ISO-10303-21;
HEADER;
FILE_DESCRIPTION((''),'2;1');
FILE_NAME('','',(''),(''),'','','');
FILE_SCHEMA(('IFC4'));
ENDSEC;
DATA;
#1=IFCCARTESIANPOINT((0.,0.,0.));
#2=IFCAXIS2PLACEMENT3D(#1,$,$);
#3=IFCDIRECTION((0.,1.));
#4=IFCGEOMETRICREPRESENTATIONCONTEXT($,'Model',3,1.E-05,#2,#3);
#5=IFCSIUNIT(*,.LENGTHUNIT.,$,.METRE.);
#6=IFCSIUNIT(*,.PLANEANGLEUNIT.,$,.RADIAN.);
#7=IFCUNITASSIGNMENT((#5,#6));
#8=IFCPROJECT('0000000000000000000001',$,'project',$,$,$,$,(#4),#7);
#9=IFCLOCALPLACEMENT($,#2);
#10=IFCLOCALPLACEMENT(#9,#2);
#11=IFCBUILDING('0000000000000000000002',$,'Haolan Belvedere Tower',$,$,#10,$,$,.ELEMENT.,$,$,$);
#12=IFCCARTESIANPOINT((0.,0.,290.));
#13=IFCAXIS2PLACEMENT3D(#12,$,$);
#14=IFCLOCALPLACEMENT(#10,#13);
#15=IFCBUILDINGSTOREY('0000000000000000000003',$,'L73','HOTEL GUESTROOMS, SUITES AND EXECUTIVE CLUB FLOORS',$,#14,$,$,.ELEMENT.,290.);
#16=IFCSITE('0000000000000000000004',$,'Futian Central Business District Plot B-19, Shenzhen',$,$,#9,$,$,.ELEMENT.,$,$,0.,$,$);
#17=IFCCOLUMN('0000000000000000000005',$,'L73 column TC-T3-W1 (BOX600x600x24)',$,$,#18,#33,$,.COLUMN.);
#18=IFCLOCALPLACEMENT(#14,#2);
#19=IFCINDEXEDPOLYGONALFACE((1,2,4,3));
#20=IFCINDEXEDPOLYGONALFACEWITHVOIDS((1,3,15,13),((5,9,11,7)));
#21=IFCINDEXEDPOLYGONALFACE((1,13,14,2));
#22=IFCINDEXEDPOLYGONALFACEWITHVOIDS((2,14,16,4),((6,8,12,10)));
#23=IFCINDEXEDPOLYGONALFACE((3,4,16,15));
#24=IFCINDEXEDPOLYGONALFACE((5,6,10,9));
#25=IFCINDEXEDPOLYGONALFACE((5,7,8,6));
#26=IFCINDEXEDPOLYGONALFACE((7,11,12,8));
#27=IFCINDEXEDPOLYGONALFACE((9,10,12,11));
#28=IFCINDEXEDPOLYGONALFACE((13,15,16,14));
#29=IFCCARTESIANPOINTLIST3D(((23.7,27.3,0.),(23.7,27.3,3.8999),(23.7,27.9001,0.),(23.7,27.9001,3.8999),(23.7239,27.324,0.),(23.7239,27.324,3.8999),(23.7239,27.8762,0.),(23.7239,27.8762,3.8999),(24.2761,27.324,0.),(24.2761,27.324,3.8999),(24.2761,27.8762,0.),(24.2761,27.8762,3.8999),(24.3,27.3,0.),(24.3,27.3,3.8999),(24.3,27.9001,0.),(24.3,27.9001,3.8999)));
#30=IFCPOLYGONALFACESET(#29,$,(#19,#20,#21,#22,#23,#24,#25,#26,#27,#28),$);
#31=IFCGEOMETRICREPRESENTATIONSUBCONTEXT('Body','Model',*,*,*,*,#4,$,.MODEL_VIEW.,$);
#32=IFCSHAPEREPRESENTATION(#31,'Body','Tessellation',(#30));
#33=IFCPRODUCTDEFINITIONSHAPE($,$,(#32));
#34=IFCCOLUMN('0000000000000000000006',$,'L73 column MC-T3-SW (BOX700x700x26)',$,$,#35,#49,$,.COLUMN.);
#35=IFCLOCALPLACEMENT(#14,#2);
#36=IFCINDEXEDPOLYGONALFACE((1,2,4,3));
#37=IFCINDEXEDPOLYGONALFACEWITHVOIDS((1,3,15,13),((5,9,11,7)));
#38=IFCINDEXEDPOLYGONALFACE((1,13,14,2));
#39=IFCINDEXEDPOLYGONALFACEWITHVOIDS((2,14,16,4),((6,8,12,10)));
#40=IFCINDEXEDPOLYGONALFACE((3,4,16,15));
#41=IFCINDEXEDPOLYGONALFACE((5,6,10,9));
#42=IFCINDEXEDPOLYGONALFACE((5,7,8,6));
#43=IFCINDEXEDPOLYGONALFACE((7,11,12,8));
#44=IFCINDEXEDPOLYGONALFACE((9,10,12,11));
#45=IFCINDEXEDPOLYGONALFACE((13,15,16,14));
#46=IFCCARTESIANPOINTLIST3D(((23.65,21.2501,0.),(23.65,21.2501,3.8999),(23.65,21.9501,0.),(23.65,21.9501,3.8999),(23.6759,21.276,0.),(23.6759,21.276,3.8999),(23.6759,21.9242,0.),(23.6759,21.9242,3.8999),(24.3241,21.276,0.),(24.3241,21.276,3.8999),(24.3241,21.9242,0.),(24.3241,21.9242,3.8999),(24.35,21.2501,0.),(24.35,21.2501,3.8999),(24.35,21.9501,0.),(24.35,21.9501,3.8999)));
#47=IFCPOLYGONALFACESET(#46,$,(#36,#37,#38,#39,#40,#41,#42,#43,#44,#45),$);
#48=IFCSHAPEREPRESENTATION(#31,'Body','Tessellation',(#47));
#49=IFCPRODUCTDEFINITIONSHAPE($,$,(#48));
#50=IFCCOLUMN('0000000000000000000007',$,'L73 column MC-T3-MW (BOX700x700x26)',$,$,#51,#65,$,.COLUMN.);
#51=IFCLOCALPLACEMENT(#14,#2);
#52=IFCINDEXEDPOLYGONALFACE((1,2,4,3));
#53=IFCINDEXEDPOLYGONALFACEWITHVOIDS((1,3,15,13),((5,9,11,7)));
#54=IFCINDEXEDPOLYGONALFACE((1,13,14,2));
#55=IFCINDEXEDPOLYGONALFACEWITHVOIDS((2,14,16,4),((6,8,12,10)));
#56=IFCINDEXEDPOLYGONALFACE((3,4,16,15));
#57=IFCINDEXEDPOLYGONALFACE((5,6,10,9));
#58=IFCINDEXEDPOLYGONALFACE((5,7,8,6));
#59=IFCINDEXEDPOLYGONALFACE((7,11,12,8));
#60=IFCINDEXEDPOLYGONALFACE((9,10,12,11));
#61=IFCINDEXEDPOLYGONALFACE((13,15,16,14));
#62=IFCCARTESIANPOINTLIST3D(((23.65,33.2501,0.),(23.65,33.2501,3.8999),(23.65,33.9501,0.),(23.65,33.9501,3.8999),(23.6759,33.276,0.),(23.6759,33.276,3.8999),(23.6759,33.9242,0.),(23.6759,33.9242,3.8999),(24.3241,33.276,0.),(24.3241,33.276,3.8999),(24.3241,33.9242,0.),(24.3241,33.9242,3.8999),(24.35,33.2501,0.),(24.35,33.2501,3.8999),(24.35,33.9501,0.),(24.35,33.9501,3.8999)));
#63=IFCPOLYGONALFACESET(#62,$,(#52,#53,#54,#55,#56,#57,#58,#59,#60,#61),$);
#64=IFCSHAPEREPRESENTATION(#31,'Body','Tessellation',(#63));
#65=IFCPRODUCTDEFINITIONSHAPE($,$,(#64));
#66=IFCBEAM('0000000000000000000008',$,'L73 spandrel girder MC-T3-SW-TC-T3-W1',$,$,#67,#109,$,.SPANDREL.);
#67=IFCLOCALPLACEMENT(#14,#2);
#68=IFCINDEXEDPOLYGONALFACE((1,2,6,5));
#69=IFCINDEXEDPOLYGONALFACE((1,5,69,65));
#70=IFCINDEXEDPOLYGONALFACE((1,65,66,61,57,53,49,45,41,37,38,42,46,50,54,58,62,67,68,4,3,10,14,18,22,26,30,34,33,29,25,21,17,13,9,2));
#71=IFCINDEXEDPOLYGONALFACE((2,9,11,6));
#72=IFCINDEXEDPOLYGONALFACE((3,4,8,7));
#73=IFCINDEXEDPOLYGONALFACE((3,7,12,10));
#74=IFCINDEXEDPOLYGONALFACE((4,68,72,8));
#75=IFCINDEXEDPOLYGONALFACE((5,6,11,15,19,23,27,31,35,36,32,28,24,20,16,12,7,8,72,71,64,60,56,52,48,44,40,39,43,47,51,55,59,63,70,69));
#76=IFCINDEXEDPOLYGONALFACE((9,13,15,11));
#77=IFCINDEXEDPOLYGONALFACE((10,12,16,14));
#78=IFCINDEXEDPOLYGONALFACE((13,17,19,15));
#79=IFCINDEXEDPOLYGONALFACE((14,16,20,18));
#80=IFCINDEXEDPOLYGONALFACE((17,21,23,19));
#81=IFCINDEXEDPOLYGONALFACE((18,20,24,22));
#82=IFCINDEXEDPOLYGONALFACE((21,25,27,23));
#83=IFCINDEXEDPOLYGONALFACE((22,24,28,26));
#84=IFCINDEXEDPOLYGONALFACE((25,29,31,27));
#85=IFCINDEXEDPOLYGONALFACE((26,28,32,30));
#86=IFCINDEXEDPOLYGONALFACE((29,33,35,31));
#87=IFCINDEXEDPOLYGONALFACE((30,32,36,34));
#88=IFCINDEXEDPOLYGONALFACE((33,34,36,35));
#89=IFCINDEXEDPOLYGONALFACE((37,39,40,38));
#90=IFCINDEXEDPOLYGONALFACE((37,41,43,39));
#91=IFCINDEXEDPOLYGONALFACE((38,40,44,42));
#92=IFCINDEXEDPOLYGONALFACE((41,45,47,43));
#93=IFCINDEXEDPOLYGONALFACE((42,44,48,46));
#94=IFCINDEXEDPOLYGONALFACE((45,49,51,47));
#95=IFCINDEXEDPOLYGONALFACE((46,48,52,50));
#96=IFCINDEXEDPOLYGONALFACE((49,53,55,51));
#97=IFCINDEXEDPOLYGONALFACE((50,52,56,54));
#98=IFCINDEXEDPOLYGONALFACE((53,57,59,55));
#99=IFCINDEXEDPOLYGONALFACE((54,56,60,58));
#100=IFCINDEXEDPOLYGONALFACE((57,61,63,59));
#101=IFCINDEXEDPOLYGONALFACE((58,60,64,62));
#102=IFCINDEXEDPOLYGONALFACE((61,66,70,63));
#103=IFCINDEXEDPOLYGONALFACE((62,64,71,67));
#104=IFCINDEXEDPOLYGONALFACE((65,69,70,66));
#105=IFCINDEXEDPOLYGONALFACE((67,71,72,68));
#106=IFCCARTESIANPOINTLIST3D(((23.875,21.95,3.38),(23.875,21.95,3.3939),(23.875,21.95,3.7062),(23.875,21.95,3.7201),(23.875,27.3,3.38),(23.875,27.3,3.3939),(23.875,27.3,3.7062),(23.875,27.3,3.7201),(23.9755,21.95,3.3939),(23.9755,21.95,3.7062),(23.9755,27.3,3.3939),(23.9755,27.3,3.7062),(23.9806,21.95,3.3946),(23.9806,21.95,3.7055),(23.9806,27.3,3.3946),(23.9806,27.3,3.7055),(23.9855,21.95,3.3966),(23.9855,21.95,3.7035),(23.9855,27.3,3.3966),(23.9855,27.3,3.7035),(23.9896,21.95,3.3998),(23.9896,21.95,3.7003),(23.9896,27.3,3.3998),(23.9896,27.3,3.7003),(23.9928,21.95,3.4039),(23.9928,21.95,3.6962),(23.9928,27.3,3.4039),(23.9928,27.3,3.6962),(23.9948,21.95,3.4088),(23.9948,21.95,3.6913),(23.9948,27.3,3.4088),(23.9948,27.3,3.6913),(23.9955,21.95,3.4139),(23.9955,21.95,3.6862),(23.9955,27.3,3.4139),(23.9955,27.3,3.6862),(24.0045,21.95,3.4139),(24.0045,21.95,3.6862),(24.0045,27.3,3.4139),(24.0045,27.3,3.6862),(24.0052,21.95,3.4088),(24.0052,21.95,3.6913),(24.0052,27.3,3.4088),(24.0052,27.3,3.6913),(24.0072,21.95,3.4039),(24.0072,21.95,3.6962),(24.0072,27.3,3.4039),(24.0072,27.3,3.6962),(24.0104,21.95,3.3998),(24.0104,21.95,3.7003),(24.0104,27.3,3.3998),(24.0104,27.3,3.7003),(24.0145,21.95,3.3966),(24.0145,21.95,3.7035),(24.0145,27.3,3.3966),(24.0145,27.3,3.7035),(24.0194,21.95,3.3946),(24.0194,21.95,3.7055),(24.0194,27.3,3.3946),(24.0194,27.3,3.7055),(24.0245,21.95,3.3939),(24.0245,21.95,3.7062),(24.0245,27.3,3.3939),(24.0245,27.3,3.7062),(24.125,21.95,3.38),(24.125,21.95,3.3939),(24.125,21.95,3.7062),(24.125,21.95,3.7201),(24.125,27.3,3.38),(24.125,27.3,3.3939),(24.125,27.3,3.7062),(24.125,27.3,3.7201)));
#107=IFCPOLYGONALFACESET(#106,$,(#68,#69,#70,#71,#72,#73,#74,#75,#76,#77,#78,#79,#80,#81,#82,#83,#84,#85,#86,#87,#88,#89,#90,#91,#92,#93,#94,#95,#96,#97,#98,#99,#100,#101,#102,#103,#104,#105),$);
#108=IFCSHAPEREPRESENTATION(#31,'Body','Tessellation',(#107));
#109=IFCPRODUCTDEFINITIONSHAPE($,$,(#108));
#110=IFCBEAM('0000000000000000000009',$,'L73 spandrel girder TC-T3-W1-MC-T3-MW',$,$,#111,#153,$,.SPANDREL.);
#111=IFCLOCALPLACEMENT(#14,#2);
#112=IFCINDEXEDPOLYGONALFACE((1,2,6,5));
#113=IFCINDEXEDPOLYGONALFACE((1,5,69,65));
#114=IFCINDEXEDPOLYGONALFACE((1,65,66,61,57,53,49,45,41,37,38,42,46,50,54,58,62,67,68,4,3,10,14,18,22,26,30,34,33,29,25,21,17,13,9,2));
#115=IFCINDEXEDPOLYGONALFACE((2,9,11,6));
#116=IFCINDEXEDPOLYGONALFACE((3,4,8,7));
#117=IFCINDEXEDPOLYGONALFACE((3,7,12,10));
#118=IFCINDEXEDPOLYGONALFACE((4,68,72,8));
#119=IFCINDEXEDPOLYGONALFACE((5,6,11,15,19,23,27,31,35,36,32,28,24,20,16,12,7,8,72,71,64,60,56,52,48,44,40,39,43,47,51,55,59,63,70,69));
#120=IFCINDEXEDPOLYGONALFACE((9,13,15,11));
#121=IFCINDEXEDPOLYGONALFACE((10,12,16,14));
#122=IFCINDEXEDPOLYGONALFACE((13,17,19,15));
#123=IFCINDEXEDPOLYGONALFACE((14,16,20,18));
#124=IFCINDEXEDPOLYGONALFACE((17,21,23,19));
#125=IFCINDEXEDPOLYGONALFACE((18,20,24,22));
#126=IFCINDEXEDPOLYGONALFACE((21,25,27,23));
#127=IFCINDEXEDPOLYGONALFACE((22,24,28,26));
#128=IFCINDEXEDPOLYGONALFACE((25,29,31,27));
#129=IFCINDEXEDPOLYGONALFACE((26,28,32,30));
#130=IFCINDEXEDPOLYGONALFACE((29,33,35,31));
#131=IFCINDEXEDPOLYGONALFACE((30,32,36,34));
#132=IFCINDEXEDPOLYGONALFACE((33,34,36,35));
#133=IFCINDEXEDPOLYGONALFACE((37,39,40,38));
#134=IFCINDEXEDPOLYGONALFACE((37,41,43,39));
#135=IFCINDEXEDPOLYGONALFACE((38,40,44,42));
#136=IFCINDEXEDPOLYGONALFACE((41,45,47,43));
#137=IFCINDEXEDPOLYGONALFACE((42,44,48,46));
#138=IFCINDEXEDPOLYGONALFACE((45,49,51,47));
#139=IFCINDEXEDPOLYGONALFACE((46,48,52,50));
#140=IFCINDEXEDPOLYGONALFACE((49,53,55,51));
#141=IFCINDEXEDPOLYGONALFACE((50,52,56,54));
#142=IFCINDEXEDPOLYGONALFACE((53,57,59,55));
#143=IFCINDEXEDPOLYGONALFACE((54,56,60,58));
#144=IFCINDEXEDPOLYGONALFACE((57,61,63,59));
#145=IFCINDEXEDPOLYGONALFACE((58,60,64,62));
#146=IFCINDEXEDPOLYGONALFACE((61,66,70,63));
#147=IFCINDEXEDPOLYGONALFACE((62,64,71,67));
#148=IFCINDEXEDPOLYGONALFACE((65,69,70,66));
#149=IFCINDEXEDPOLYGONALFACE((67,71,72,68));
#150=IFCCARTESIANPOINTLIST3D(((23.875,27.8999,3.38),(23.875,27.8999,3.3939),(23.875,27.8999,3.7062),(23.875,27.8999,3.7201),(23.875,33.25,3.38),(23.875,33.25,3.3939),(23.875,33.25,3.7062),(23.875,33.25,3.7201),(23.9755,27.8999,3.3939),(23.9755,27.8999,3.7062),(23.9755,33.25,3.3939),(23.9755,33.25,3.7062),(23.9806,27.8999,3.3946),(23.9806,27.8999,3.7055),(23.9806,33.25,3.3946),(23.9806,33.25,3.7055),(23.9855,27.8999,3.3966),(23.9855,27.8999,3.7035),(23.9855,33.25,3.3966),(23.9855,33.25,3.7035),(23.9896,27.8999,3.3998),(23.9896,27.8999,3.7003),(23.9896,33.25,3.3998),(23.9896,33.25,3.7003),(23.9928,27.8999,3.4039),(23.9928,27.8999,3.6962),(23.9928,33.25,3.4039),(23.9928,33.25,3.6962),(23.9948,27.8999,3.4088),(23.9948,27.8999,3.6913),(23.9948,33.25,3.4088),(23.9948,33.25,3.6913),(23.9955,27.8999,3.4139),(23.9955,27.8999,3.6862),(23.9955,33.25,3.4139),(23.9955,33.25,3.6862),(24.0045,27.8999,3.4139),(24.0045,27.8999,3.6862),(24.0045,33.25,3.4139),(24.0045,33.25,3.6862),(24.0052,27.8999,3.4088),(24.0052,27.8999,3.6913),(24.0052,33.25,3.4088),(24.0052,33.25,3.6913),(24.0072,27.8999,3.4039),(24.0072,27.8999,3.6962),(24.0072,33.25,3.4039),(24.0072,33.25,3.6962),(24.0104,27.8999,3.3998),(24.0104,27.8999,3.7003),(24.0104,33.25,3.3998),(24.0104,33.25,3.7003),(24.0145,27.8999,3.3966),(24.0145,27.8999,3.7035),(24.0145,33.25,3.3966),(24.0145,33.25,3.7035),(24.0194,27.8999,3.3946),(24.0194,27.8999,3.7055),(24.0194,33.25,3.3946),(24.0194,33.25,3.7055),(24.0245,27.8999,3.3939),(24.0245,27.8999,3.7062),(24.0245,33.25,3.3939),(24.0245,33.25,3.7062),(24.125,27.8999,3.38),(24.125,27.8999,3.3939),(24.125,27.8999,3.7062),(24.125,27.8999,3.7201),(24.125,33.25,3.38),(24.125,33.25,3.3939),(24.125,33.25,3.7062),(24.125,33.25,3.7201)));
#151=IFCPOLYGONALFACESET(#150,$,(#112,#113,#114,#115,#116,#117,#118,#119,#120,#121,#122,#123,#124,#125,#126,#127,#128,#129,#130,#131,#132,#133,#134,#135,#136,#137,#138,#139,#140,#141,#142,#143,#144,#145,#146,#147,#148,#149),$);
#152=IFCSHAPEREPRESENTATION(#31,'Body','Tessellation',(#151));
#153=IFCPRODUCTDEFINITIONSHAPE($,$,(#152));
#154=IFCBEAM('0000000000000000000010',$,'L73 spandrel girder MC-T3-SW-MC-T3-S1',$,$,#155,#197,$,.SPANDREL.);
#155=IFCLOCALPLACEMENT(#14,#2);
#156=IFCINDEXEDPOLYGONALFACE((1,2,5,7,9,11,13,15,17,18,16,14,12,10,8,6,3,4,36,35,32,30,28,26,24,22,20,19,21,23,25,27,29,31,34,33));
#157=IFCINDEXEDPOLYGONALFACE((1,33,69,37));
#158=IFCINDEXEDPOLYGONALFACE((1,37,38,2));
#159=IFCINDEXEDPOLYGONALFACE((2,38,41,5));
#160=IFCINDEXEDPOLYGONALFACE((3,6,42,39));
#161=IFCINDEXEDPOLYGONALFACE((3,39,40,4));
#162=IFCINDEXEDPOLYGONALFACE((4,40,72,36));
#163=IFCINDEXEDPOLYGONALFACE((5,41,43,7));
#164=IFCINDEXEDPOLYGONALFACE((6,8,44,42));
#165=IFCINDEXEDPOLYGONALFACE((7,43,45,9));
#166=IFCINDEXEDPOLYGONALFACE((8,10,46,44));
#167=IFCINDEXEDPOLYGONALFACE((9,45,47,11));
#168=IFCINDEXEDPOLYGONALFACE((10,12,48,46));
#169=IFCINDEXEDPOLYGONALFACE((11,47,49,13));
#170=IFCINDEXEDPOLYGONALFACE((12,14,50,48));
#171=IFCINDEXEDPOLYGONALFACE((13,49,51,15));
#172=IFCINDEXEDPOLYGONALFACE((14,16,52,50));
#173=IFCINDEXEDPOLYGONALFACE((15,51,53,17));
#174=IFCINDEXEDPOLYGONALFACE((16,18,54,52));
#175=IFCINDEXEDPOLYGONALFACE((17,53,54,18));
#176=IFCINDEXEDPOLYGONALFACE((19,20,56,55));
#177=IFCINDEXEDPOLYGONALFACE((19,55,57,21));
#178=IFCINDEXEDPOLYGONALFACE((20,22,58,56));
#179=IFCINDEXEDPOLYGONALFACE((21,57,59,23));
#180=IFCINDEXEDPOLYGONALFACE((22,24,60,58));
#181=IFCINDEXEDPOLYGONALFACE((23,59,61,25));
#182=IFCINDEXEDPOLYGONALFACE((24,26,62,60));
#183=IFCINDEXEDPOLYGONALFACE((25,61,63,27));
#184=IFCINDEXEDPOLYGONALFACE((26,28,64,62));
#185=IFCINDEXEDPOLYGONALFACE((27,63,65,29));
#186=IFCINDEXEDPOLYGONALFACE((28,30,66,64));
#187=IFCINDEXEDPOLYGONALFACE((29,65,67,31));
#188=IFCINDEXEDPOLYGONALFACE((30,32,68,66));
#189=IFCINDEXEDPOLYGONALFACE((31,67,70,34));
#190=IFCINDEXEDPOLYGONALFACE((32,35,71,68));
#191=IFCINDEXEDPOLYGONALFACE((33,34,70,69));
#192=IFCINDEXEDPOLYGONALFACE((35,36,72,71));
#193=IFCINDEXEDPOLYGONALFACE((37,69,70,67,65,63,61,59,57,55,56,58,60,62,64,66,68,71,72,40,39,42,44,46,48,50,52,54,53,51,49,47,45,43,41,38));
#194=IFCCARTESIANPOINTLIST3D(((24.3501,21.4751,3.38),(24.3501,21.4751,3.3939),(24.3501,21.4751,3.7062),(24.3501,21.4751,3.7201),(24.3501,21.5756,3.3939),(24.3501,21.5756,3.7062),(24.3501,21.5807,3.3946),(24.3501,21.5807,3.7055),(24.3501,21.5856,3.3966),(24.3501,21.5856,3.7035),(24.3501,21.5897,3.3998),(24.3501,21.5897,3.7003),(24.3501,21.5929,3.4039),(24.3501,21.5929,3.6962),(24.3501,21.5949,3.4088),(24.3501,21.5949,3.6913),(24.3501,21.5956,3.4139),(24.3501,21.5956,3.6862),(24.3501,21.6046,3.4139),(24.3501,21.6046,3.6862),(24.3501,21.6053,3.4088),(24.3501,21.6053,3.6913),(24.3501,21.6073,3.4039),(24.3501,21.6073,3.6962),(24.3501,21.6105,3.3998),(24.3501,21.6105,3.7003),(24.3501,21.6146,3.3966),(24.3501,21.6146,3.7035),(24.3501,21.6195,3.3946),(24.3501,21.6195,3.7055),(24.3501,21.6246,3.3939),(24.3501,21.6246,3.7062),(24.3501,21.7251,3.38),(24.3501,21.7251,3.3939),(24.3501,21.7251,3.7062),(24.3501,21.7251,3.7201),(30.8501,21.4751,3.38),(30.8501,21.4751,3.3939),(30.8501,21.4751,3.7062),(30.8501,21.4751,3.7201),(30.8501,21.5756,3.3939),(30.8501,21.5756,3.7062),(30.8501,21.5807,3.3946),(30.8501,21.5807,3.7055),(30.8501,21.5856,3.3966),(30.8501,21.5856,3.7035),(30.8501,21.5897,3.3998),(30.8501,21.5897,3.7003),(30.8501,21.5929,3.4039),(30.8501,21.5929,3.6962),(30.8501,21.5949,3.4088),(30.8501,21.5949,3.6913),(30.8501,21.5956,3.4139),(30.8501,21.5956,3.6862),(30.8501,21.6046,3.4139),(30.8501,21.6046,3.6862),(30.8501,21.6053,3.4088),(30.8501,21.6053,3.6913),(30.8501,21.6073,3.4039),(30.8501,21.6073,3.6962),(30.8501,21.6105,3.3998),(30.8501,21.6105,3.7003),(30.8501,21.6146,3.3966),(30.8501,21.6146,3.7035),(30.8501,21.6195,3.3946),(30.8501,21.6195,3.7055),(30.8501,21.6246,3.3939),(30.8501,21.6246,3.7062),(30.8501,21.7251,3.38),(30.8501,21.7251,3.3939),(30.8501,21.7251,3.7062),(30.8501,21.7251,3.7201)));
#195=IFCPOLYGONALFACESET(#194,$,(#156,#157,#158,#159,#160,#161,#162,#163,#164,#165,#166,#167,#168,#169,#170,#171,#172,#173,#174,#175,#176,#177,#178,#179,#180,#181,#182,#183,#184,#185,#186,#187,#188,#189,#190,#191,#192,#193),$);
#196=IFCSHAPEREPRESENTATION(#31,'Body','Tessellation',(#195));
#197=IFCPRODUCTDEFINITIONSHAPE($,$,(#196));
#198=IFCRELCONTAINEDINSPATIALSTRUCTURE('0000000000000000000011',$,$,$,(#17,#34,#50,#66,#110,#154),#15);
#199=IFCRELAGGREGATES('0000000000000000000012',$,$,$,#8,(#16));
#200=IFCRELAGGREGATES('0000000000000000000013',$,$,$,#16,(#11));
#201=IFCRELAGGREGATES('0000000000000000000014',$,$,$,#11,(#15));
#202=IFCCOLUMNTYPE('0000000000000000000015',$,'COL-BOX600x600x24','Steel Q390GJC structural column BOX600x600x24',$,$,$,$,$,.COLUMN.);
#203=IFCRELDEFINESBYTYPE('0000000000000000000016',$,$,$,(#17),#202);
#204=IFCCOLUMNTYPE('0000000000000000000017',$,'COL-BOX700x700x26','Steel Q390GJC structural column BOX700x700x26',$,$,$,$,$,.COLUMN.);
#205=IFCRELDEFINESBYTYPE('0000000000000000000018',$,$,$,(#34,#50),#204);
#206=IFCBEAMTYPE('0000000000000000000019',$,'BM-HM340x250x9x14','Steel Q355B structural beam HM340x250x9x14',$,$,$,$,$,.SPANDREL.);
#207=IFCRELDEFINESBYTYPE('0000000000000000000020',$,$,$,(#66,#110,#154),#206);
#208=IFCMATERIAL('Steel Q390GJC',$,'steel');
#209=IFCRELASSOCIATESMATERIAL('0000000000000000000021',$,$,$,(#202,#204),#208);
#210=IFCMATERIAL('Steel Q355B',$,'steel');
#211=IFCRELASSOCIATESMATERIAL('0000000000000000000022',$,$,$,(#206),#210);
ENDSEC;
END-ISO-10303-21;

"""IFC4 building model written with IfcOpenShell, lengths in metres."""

from ifc_helpers import new_model, si_unit, direction, frame, origin, origin_2d, place, context, subcontext, project, spatial, hollow_rectangle, i_section, extrude, material, material_profile, profile_set, type_object, element, save


model = new_model("IFC4")

# Units and contexts
model_context = context("Model", 3, precision=1e-05, world=origin(), true_north=direction((0.0, 1.0)))
body_context = subcontext(model_context, "Body", "Model", "MODEL_VIEW")
ifc_project = project(units=[si_unit("LENGTHUNIT", "METRE"), si_unit("PLANEANGLEUNIT", "RADIAN")], contexts=[model_context])

# Site, building, storey
site_placement = place(None, origin())
site = spatial("IfcSite", under=ifc_project, at=site_placement, Name="Futian Central Business District Plot B-19, Shenzhen", CompositionType="ELEMENT", RefElevation=0.0)
building_placement = place(site_placement, origin())
building = spatial("IfcBuilding", under=site, at=building_placement, Name="Haolan Belvedere Tower", CompositionType="ELEMENT")
storey_placement = place(building_placement, frame((0.0, 0.0, 290.0)))
storey = spatial("IfcBuildingStorey", under=building, at=storey_placement, Name="L73", Description="HOTEL GUESTROOMS, SUITES AND EXECUTIVE CLUB FLOORS", CompositionType="ELEMENT", Elevation=290.0)

# Columns
ifc_material_1 = material(Name="Steel Q390GJC", Category="steel")
ifc_material_profile_1 = material_profile(ifc_material_1, hollow_rectangle(XDim=0.6001, YDim=0.6001, WallThickness=0.0239, at=origin_2d()), Name="Steel Q390GJC")
ifc_profile_set_1 = profile_set([ifc_material_profile_1], Name="Steel Q390GJC")
column_type_1 = type_object("IfcColumnType", Name="COL-BOX600x600x24", Description="Steel Q390GJC structural column BOX600x600x24", PredefinedType="COLUMN", material=ifc_profile_set_1)
column_placement = place(storey_placement, frame((24.0, 27.6001, 0.0), z_axis=(0.0, 0.0, 1.0), x_axis=(1.0, 0.0, 0.0)))
element("IfcColumn", 1, at=column_placement, inside=storey, type_object=column_type_1, Name="L73 column TC-T3-W1 (BOX600x600x24)", PredefinedType="COLUMN", context=body_context, shape_type="SweptSolid", body=[
    extrude(hollow_rectangle(XDim=0.6001, YDim=0.6001, WallThickness=0.0239, at=origin_2d()), origin(), (0.0, 0.0, 1.0), 3.8999),
])
ifc_material_profile_2 = material_profile(ifc_material_1, hollow_rectangle(XDim=0.7, YDim=0.7, WallThickness=0.0259, at=origin_2d()), Name="Steel Q390GJC")
ifc_profile_set_2 = profile_set([ifc_material_profile_2], Name="Steel Q390GJC")
column_type_2 = type_object("IfcColumnType", Name="COL-BOX700x700x26", Description="Steel Q390GJC structural column BOX700x700x26", PredefinedType="COLUMN", material=ifc_profile_set_2)
for number, where, z_axis, x_axis, name in (
    (2, (24.0, 21.6001, 0.0), (0.0, 0.0, 1.0), (1.0, 0.0, 0.0), "L73 column MC-T3-SW (BOX700x700x26)"),
    (3, (24.0, 33.6001, 0.0), (0.0, 0.0, 1.0), (1.0, 0.0, 0.0), "L73 column MC-T3-MW (BOX700x700x26)"),
):
    element("IfcColumn", number, at=place(storey_placement, frame(where, z_axis=z_axis, x_axis=x_axis)), inside=storey, type_object=column_type_2, Name=name, PredefinedType="COLUMN", context=body_context, shape_type="SweptSolid", body=[
        extrude(hollow_rectangle(XDim=0.7, YDim=0.7, WallThickness=0.0259, at=origin_2d()), origin(), (0.0, 0.0, 1.0), 3.8999),
    ])

# Beams
ifc_material_2 = material(Name="Steel Q355B", Category="steel")
ifc_material_profile_3 = material_profile(ifc_material_2, i_section(OverallWidth=0.25, OverallDepth=0.3401, WebThickness=0.009, FlangeThickness=0.0139, FilletRadius=0.02, at=origin_2d()), Name="Steel Q355B")
ifc_profile_set_3 = profile_set([ifc_material_profile_3], Name="Steel Q355B")
beam_type_1 = type_object("IfcBeamType", Name="BM-HM340x250x9x14", Description="Steel Q355B structural beam HM340x250x9x14", PredefinedType="SPANDREL", material=ifc_profile_set_3)
for number, where, z_axis, x_axis, name in (
    (4, (24.0, 21.95, 3.55), (0.0, 1.0, 0.0), (-1.0, 0.0, 0.0), "L73 spandrel girder MC-T3-SW-TC-T3-W1"),
    (5, (24.0, 27.8999, 3.55), (0.0, 1.0, 0.0), (-1.0, 0.0, 0.0), "L73 spandrel girder TC-T3-W1-MC-T3-MW"),
):
    element("IfcBeam", number, at=place(storey_placement, frame(where, z_axis=z_axis, x_axis=x_axis)), inside=storey, type_object=beam_type_1, Name=name, PredefinedType="SPANDREL", context=body_context, shape_type="SweptSolid", body=[
        extrude(i_section(OverallWidth=0.25, OverallDepth=0.3401, WebThickness=0.009, FlangeThickness=0.0139, FilletRadius=0.02, at=origin_2d()), origin(), (0.0, 0.0, 1.0), 5.3501),
    ])
beam_1_placement = place(storey_placement, frame((24.3501, 21.6001, 3.55), z_axis=(1.0, 0.0, 0.0), x_axis=(0.0, 1.0, 0.0)))
element("IfcBeam", 6, at=beam_1_placement, inside=storey, type_object=beam_type_1, Name="L73 spandrel girder MC-T3-SW-MC-T3-S1", PredefinedType="SPANDREL", context=body_context, shape_type="SweptSolid", body=[
    extrude(i_section(OverallWidth=0.25, OverallDepth=0.3401, WebThickness=0.009, FlangeThickness=0.0139, FilletRadius=0.02, at=origin_2d()), origin(), (0.0, 0.0, 1.0), 6.5),
])

save(model, "model.ifc")
